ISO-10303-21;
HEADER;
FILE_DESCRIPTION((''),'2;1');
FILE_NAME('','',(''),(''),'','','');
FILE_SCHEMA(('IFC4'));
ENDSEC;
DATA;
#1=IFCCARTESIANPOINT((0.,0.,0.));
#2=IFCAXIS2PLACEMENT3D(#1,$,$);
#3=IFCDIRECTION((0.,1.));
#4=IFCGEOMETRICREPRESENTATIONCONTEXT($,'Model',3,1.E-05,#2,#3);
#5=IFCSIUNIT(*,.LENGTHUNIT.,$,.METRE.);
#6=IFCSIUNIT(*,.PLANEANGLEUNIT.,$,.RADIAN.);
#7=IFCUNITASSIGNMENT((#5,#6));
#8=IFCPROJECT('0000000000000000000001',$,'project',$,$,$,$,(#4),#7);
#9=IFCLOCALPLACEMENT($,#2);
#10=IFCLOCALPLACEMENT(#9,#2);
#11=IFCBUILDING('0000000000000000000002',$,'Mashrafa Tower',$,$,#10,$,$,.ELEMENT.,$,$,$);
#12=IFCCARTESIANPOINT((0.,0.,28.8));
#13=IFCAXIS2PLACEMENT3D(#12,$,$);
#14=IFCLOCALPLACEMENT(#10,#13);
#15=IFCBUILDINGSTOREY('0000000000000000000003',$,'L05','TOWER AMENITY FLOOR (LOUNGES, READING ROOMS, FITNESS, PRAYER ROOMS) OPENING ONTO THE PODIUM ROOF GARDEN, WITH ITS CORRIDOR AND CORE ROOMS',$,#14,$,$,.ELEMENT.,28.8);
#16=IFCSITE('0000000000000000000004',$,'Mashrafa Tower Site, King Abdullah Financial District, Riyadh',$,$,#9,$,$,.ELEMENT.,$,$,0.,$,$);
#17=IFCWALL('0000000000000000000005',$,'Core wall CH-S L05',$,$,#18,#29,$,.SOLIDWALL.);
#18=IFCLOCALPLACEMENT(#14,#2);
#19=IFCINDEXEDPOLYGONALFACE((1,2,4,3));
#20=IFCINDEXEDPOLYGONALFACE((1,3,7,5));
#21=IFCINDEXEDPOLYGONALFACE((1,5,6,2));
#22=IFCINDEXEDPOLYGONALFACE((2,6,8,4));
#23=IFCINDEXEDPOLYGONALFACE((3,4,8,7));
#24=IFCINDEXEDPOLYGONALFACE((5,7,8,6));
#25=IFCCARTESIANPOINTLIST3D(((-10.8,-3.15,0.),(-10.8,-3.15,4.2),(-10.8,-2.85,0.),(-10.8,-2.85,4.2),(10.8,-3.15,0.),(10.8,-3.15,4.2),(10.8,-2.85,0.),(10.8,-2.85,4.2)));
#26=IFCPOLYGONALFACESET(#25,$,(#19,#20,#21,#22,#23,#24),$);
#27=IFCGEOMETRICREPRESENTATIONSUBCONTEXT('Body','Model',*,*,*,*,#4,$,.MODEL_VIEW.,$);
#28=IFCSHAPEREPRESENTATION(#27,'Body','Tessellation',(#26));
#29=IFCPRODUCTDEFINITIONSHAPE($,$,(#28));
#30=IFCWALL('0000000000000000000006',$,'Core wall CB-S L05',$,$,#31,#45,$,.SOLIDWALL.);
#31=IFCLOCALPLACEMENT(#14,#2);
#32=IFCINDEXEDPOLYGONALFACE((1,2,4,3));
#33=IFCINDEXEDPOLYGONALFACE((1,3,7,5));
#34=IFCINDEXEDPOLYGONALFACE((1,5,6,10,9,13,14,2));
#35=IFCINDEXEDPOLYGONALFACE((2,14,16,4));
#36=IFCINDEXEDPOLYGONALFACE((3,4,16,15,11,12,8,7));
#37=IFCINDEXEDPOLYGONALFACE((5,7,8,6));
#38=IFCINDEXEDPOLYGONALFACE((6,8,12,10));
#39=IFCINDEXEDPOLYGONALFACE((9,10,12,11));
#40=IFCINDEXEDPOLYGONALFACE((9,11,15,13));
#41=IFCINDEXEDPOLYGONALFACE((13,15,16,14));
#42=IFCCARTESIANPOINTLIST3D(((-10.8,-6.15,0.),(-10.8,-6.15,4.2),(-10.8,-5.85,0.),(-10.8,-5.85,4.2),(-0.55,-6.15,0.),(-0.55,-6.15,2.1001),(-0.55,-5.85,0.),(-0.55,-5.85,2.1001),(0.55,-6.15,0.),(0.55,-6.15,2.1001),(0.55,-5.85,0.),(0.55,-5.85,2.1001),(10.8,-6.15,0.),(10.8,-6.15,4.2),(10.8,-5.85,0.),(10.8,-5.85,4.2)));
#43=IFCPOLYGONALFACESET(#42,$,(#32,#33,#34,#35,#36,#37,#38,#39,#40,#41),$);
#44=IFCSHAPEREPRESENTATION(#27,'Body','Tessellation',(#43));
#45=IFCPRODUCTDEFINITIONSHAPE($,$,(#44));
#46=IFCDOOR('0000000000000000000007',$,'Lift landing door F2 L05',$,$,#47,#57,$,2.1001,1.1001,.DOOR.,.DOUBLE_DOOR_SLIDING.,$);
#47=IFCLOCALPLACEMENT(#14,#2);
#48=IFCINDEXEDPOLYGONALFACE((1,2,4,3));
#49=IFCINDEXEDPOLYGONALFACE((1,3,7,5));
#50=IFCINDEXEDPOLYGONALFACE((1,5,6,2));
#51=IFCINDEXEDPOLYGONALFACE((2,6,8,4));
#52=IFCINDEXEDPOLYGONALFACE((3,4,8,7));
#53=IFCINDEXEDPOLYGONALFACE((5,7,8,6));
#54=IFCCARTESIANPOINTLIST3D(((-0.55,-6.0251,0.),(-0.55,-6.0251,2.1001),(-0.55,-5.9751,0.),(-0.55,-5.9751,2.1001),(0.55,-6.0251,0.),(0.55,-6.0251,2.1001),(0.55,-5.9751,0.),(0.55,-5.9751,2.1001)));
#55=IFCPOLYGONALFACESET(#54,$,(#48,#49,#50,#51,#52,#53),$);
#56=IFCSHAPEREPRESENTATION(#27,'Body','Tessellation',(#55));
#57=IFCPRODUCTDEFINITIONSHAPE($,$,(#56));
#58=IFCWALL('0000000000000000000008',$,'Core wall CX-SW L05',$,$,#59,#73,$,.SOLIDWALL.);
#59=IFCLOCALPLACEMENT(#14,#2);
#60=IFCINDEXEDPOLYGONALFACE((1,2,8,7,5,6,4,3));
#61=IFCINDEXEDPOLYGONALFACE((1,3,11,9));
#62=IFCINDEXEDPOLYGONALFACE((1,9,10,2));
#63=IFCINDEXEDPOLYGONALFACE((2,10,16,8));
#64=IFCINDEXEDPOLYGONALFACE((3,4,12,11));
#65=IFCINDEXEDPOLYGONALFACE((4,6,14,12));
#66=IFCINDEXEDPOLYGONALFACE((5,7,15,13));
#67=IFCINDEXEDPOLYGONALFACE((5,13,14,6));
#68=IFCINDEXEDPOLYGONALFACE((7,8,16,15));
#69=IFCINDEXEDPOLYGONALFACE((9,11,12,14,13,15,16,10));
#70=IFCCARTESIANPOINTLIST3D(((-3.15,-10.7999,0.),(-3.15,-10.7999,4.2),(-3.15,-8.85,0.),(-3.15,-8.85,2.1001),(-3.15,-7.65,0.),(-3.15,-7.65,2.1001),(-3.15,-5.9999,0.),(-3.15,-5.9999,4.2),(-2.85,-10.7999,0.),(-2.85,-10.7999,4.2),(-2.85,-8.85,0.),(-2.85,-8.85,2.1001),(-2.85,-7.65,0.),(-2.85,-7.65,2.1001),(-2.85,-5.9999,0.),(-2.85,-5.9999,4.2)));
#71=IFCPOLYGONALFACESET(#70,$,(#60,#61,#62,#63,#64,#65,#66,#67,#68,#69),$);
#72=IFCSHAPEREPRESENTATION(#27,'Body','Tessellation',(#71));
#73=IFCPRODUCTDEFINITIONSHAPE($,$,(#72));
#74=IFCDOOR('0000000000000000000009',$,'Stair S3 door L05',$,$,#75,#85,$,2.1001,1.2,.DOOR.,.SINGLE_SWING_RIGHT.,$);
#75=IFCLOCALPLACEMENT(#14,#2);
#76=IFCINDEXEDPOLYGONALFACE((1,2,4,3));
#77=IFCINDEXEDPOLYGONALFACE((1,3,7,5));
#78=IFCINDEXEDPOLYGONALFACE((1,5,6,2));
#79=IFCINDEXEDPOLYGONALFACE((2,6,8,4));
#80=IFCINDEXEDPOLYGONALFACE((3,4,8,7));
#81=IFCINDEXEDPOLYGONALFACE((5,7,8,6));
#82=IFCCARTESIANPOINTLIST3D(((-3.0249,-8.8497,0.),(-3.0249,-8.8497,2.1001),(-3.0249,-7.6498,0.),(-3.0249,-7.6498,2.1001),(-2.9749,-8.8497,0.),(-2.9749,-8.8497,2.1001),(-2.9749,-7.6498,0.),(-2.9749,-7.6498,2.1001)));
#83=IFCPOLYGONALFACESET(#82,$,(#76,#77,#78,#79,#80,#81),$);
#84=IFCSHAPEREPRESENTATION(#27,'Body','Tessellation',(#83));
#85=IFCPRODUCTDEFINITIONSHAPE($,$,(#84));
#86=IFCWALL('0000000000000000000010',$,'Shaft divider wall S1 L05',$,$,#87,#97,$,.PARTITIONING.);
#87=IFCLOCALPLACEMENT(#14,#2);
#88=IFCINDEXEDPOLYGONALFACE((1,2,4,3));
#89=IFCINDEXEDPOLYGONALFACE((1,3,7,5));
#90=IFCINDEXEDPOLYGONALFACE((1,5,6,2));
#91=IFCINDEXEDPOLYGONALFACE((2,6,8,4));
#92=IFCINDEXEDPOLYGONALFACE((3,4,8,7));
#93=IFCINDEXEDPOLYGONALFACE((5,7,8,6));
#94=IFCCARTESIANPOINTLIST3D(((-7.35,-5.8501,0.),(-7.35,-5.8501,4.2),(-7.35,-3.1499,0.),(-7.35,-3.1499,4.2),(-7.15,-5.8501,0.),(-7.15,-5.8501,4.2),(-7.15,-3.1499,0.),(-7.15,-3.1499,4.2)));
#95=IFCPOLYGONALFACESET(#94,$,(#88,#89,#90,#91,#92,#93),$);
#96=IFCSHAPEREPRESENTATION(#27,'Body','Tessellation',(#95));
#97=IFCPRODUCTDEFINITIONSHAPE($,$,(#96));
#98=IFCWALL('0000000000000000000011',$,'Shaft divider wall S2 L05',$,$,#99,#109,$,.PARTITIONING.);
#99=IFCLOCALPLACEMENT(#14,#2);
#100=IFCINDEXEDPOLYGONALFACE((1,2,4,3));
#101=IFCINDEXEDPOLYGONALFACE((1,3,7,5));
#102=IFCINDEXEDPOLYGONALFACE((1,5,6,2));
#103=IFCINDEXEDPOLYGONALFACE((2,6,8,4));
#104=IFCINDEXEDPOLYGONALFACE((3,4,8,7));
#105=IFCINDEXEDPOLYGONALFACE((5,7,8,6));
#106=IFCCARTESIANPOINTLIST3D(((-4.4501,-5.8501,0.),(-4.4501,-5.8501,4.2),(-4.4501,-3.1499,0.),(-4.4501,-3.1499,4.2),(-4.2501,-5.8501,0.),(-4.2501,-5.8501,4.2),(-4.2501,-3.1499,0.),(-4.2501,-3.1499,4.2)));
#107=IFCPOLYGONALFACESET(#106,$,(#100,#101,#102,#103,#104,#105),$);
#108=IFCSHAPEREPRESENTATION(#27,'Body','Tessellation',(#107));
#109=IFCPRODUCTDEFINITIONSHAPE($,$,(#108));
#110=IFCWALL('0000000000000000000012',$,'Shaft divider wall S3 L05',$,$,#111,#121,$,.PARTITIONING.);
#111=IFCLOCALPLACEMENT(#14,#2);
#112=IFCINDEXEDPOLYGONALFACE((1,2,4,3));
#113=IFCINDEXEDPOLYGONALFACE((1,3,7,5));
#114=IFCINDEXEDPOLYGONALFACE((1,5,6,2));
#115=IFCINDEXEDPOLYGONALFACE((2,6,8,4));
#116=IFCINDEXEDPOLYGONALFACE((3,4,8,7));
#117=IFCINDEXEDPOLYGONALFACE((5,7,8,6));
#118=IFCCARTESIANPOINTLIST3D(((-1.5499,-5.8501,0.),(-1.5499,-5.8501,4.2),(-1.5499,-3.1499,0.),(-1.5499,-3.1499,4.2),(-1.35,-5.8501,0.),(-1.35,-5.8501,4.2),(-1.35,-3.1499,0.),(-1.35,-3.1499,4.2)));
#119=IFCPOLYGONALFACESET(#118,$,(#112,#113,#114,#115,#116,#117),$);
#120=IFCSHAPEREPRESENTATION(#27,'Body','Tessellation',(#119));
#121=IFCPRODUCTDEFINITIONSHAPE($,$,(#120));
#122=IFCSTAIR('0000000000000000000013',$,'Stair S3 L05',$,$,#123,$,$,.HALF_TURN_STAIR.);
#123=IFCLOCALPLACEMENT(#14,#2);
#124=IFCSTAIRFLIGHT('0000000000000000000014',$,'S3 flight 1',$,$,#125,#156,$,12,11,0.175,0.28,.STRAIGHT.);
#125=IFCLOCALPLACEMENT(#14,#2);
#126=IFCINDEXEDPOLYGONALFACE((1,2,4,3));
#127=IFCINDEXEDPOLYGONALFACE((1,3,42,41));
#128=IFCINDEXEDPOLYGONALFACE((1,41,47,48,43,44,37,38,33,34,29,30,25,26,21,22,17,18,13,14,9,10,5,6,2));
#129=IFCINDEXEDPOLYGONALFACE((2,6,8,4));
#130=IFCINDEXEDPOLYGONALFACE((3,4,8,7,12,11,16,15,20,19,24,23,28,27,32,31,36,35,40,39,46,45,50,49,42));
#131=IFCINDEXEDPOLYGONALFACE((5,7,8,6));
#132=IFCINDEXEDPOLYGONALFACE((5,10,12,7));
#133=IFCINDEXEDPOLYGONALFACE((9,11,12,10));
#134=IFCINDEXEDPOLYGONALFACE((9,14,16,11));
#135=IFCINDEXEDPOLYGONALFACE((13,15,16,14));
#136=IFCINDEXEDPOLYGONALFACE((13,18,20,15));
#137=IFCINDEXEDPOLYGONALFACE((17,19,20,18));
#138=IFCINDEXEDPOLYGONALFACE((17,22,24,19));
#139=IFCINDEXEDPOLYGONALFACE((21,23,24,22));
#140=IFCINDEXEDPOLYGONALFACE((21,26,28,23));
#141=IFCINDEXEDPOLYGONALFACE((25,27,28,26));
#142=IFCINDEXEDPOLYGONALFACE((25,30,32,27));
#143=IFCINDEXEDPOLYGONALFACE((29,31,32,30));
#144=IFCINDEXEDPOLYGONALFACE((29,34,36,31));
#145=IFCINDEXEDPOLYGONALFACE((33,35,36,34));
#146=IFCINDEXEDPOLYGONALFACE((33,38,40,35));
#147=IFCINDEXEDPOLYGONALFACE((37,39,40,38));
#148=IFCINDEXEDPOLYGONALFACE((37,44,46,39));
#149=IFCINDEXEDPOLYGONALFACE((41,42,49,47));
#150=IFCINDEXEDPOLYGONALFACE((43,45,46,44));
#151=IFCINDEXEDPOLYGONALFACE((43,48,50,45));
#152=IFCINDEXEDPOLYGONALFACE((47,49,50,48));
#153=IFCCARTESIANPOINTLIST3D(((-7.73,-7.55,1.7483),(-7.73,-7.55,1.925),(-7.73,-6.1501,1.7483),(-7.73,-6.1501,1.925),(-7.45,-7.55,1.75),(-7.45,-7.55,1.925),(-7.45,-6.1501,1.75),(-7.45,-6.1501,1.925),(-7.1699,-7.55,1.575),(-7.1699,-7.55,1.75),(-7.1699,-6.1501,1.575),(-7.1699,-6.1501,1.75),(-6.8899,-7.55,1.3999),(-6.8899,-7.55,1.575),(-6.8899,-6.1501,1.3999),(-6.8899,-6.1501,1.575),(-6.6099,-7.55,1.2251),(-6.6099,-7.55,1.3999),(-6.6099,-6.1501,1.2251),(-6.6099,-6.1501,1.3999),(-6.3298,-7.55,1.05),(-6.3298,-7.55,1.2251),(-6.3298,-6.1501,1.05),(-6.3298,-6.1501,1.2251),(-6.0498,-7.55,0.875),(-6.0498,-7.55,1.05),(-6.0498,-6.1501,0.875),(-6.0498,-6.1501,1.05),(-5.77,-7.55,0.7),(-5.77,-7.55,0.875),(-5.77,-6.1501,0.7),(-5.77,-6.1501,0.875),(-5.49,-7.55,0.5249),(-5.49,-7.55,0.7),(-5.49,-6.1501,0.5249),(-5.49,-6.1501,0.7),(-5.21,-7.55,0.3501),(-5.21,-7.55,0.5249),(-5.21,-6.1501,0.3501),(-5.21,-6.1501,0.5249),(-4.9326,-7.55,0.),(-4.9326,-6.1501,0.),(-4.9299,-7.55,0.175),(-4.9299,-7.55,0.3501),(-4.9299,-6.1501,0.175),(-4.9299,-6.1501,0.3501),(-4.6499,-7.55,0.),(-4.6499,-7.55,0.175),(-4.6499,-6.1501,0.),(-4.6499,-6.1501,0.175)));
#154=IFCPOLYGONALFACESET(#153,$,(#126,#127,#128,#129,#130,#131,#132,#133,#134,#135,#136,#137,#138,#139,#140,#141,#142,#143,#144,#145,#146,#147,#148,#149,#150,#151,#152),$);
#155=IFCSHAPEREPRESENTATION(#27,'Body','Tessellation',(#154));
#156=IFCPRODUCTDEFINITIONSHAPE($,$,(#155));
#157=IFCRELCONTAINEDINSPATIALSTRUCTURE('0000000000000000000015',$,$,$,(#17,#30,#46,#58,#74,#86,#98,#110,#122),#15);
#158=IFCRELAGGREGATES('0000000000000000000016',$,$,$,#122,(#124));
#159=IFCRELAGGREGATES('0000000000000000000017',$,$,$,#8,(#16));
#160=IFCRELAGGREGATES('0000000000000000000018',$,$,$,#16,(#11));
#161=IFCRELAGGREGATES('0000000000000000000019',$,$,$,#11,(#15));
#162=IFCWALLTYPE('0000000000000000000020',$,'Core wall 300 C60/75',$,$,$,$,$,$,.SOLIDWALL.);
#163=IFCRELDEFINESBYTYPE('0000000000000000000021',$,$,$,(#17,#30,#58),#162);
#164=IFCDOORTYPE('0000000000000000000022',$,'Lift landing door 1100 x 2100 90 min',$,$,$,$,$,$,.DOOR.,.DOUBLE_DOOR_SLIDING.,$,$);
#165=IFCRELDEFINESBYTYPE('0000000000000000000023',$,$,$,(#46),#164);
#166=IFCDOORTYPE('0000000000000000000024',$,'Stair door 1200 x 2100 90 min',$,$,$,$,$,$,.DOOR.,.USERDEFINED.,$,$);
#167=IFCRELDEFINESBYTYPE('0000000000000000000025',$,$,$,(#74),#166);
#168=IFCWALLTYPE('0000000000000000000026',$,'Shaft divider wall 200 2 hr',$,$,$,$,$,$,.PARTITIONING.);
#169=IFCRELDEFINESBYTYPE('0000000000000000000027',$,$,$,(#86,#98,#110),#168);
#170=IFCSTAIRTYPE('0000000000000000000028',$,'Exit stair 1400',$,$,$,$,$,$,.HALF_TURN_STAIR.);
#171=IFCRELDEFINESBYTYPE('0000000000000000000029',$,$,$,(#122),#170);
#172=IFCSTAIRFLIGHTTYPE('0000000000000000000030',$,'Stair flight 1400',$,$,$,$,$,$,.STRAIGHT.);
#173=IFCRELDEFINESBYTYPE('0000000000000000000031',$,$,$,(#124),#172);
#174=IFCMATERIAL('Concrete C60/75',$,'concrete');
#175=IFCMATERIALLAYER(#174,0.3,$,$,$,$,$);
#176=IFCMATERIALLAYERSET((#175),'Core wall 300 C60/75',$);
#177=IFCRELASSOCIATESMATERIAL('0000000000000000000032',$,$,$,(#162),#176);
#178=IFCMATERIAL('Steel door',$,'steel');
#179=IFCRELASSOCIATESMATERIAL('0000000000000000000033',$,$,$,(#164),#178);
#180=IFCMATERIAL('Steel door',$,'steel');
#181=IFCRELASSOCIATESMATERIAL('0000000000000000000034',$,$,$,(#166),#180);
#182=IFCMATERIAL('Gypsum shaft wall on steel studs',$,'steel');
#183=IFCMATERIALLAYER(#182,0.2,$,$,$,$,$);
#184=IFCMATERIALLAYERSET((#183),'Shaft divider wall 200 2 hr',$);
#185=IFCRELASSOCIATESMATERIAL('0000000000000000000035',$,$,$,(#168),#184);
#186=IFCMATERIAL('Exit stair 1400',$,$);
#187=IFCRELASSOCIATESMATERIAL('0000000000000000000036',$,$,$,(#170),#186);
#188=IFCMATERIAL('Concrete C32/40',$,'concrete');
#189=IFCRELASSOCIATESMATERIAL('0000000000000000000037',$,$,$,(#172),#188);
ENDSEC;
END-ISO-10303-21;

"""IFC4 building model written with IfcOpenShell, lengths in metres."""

from ifc_helpers import new_model, si_unit, direction, frame, frame_2d, origin, place, context, subcontext, project, spatial, polyline, rectangle, outline, extrude, material, layer, layer_set, type_object, element, fill, aggregate, save


model = new_model("IFC4")

# Units and contexts
model_context = context("Model", 3, precision=1e-05, world=origin(), true_north=direction((0.0, 1.0)))
body_context = subcontext(model_context, "Body", "Model", "MODEL_VIEW")
ifc_project = project(units=[si_unit("LENGTHUNIT", "METRE"), si_unit("PLANEANGLEUNIT", "RADIAN")], contexts=[model_context])

# Site, building, storey
site_placement = place(None, origin())
site = spatial("IfcSite", under=ifc_project, at=site_placement, Name="Mashrafa Tower Site, King Abdullah Financial District, Riyadh", CompositionType="ELEMENT", RefElevation=0.0)
building_placement = place(site_placement, origin())
building = spatial("IfcBuilding", under=site, at=building_placement, Name="Mashrafa Tower", CompositionType="ELEMENT")
storey_placement = place(building_placement, frame((0.0, 0.0, 28.8)))
storey = spatial("IfcBuildingStorey", under=building, at=storey_placement, Name="L05", Description="TOWER AMENITY FLOOR (LOUNGES, READING ROOMS, FITNESS, PRAYER ROOMS) OPENING ONTO THE PODIUM ROOF GARDEN, WITH ITS CORRIDOR AND CORE ROOMS", CompositionType="ELEMENT", Elevation=28.8)

# Wall
ifc_material_1 = material(Name="Concrete C60/75", Category="concrete")
ifc_layer_1 = layer(ifc_material_1, 0.3)
ifc_layer_set_1 = layer_set([ifc_layer_1], Name="Core wall 300 C60/75")
wall_type_1 = type_object("IfcWallType", Name="Core wall 300 C60/75", PredefinedType="SOLIDWALL", material=ifc_layer_set_1)
wall_1_placement = place(storey_placement, frame((-10.8, -3.0, 0.0), z_axis=(0.0, 0.0, 1.0), x_axis=(1.0, 0.0, 0.0)))
element("IfcWall", 1, at=wall_1_placement, inside=storey, type_object=wall_type_1, Name="Core wall CH-S L05", PredefinedType="SOLIDWALL", context=body_context, shape_type="SweptSolid", body=[
    extrude(rectangle(XDim=21.6001, YDim=0.3, at=frame_2d((10.8, 0.0))), origin(), (0.0, 0.0, 1.0), 4.2),
])

# Walls, openings, doors
wall_2_placement = place(storey_placement, frame((-10.8, -6.0, 0.0), z_axis=(0.0, 0.0, 1.0), x_axis=(1.0, 0.0, 0.0)))
wall_2 = element("IfcWall", 2, at=wall_2_placement, inside=storey, type_object=wall_type_1, Name="Core wall CB-S L05", PredefinedType="SOLIDWALL", context=body_context, shape_type="SweptSolid", body=[
    extrude(rectangle(XDim=21.6001, YDim=0.3, at=frame_2d((10.8, 0.0))), origin(), (0.0, 0.0, 1.0), 4.2),
])
opening_1_placement = place(wall_2_placement, frame((10.25, 0.0, 0.0)))
opening_1 = element("IfcOpeningElement", 3, at=opening_1_placement, cuts=wall_2, PredefinedType="OPENING", context=body_context, shape_type="SweptSolid", body=[
    extrude(rectangle(XDim=1.1001, YDim=2.1001, at=frame_2d((0.55, 1.05))), frame((0.0, 0.1599, 0.0), z_axis=(0.0, -1.0, 0.0), x_axis=(1.0, 0.0, 0.0)), (0.0, 0.0, 1.0), 0.3201),
])
ifc_material_2 = material(Name="Steel door", Category="steel")
door_type_1 = type_object("IfcDoorType", Name="Lift landing door 1100 x 2100 90 min", OperationType="DOUBLE_DOOR_SLIDING", PredefinedType="DOOR", material=ifc_material_2)
door_1_placement = place(opening_1_placement, origin())
door_1 = element("IfcDoor", 4, at=door_1_placement, inside=storey, type_object=door_type_1, Name="Lift landing door F2 L05", OperationType="DOUBLE_DOOR_SLIDING", OverallHeight=2.1001, OverallWidth=1.1001, PredefinedType="DOOR", context=body_context, shape_type="SweptSolid", body=[
    extrude(rectangle(XDim=1.1001, YDim=2.1001, at=frame_2d((0.55, 1.05))), frame((0.0, 0.0249, 0.0), z_axis=(0.0, -1.0, 0.0), x_axis=(1.0, 0.0, 0.0)), (0.0, 0.0, 1.0), 0.05),
])
fill(opening_1, door_1)
wall_3_placement = place(storey_placement, frame((-3.0, -6.0, 0.0), z_axis=(0.0, 0.0, 1.0), x_axis=(0.0, -1.0, 0.0)))
wall_3 = element("IfcWall", 5, at=wall_3_placement, inside=storey, type_object=wall_type_1, Name="Core wall CX-SW L05", PredefinedType="SOLIDWALL", context=body_context, shape_type="SweptSolid", body=[
    extrude(rectangle(XDim=4.8, YDim=0.3, at=frame_2d((2.3999, 0.0))), origin(), (0.0, 0.0, 1.0), 4.2),
])
opening_2_placement = place(wall_3_placement, frame((1.6499, 0.0, 0.0)))
opening_2 = element("IfcOpeningElement", 6, at=opening_2_placement, cuts=wall_3, PredefinedType="OPENING", context=body_context, shape_type="SweptSolid", body=[
    extrude(rectangle(XDim=1.2, YDim=2.1001, at=frame_2d((0.6001, 1.05))), frame((0.0, 0.1599, 0.0), z_axis=(0.0, -1.0, 0.0), x_axis=(1.0, 0.0, 0.0)), (0.0, 0.0, 1.0), 0.3201),
])
ifc_material_3 = material(Name="Steel door", Category="steel")
door_type_2 = type_object("IfcDoorType", Name="Stair door 1200 x 2100 90 min", OperationType="USERDEFINED", PredefinedType="DOOR", material=ifc_material_3)
door_2_placement = place(opening_2_placement, frame((1.2, 0.0, 0.0), z_axis=(0.0, 0.0, 1.0), x_axis=(-1.0, 0.0, 0.0)))
door_2 = element("IfcDoor", 7, at=door_2_placement, inside=storey, type_object=door_type_2, Name="Stair S3 door L05", OperationType="SINGLE_SWING_RIGHT", OverallHeight=2.1001, OverallWidth=1.2, PredefinedType="DOOR", context=body_context, shape_type="SweptSolid", body=[
    extrude(rectangle(XDim=1.2, YDim=2.1001, at=frame_2d((0.6001, 1.05))), frame((0.0, 0.0249, 0.0), z_axis=(0.0, -1.0, 0.0), x_axis=(1.0, 0.0, 0.0)), (0.0, 0.0, 1.0), 0.05),
])
fill(opening_2, door_2)

# Walls
ifc_material_4 = material(Name="Gypsum shaft wall on steel studs", Category="steel")
ifc_layer_2 = layer(ifc_material_4, 0.2)
ifc_layer_set_2 = layer_set([ifc_layer_2], Name="Shaft divider wall 200 2 hr")
wall_type_2 = type_object("IfcWallType", Name="Shaft divider wall 200 2 hr", PredefinedType="PARTITIONING", material=ifc_layer_set_2)
for number, where, z_axis, x_axis, name in (
    (8, (-7.25, -5.8501, 0.0), (0.0, 0.0, 1.0), (0.0, 1.0, 0.0), "Shaft divider wall S1 L05"),
    (9, (-4.3501, -5.8501, 0.0), (0.0, 0.0, 1.0), (0.0, 1.0, 0.0), "Shaft divider wall S2 L05"),
    (10, (-1.45, -5.8501, 0.0), (0.0, 0.0, 1.0), (0.0, 1.0, 0.0), "Shaft divider wall S3 L05"),
):
    element("IfcWall", number, at=place(storey_placement, frame(where, z_axis=z_axis, x_axis=x_axis)), inside=storey, type_object=wall_type_2, Name=name, PredefinedType="PARTITIONING", context=body_context, shape_type="SweptSolid", body=[
        extrude(rectangle(XDim=2.7002, YDim=0.2, at=frame_2d((1.3501, 0.0))), origin(), (0.0, 0.0, 1.0), 4.2),
    ])

# Stair, stair flight
ifc_material_5 = material(Name="Exit stair 1400")
stair_type = type_object("IfcStairType", Name="Exit stair 1400", PredefinedType="HALF_TURN_STAIR", material=ifc_material_5)
stair_placement = place(storey_placement, origin())
stair = element("IfcStair", 11, at=stair_placement, inside=storey, type_object=stair_type, Name="Stair S3 L05", PredefinedType="HALF_TURN_STAIR")
ifc_material_6 = material(Name="Concrete C32/40", Category="concrete")
stair_flight_type = type_object("IfcStairFlightType", Name="Stair flight 1400", PredefinedType="STRAIGHT", material=ifc_material_6)
stair_flight_1_placement = place(storey_placement, frame((-4.6499, -6.8501, 0.0), z_axis=(0.0, 0.0, 1.0), x_axis=(-1.0, 0.0, 0.0)))
stair_flight_1 = element("IfcStairFlight", 12, at=stair_flight_1_placement, type_object=stair_flight_type, Name="S3 flight 1", NumberOfRisers=12, NumberOfTreads=11, PredefinedType="STRAIGHT", RiserHeight=0.175, TreadLength=0.28, context=body_context, shape_type="SweptSolid", body=[
    extrude(outline(polyline([(0.0, 0.0), (0.0, 0.175), (0.28, 0.175), (0.28, 0.3501), (0.5601, 0.3501), (0.5601, 0.5249), (0.8401, 0.5249), (0.8401, 0.7), (1.1201, 0.7), (1.1201, 0.875), (1.3999, 0.875), (1.3999, 1.05), (1.6799, 1.05), (1.6799, 1.2251), (1.96, 1.2251), (1.96, 1.3999), (2.24, 1.3999), (2.24, 1.575), (2.52, 1.575), (2.52, 1.75), (2.8, 1.75), (2.8, 1.925), (3.0801, 1.925), (3.0801, 2.1001), (3.0801, 1.7483), (0.2827, 0.0), (0.0, 0.0)])), frame((0.0, 0.7, 0.0), z_axis=(0.0, -1.0, 0.0), x_axis=(1.0, 0.0, 0.0)), (0.0, 0.0, 1.0), 1.3999),
])
aggregate(stair, [stair_flight_1])

save(model, "model.ifc")
